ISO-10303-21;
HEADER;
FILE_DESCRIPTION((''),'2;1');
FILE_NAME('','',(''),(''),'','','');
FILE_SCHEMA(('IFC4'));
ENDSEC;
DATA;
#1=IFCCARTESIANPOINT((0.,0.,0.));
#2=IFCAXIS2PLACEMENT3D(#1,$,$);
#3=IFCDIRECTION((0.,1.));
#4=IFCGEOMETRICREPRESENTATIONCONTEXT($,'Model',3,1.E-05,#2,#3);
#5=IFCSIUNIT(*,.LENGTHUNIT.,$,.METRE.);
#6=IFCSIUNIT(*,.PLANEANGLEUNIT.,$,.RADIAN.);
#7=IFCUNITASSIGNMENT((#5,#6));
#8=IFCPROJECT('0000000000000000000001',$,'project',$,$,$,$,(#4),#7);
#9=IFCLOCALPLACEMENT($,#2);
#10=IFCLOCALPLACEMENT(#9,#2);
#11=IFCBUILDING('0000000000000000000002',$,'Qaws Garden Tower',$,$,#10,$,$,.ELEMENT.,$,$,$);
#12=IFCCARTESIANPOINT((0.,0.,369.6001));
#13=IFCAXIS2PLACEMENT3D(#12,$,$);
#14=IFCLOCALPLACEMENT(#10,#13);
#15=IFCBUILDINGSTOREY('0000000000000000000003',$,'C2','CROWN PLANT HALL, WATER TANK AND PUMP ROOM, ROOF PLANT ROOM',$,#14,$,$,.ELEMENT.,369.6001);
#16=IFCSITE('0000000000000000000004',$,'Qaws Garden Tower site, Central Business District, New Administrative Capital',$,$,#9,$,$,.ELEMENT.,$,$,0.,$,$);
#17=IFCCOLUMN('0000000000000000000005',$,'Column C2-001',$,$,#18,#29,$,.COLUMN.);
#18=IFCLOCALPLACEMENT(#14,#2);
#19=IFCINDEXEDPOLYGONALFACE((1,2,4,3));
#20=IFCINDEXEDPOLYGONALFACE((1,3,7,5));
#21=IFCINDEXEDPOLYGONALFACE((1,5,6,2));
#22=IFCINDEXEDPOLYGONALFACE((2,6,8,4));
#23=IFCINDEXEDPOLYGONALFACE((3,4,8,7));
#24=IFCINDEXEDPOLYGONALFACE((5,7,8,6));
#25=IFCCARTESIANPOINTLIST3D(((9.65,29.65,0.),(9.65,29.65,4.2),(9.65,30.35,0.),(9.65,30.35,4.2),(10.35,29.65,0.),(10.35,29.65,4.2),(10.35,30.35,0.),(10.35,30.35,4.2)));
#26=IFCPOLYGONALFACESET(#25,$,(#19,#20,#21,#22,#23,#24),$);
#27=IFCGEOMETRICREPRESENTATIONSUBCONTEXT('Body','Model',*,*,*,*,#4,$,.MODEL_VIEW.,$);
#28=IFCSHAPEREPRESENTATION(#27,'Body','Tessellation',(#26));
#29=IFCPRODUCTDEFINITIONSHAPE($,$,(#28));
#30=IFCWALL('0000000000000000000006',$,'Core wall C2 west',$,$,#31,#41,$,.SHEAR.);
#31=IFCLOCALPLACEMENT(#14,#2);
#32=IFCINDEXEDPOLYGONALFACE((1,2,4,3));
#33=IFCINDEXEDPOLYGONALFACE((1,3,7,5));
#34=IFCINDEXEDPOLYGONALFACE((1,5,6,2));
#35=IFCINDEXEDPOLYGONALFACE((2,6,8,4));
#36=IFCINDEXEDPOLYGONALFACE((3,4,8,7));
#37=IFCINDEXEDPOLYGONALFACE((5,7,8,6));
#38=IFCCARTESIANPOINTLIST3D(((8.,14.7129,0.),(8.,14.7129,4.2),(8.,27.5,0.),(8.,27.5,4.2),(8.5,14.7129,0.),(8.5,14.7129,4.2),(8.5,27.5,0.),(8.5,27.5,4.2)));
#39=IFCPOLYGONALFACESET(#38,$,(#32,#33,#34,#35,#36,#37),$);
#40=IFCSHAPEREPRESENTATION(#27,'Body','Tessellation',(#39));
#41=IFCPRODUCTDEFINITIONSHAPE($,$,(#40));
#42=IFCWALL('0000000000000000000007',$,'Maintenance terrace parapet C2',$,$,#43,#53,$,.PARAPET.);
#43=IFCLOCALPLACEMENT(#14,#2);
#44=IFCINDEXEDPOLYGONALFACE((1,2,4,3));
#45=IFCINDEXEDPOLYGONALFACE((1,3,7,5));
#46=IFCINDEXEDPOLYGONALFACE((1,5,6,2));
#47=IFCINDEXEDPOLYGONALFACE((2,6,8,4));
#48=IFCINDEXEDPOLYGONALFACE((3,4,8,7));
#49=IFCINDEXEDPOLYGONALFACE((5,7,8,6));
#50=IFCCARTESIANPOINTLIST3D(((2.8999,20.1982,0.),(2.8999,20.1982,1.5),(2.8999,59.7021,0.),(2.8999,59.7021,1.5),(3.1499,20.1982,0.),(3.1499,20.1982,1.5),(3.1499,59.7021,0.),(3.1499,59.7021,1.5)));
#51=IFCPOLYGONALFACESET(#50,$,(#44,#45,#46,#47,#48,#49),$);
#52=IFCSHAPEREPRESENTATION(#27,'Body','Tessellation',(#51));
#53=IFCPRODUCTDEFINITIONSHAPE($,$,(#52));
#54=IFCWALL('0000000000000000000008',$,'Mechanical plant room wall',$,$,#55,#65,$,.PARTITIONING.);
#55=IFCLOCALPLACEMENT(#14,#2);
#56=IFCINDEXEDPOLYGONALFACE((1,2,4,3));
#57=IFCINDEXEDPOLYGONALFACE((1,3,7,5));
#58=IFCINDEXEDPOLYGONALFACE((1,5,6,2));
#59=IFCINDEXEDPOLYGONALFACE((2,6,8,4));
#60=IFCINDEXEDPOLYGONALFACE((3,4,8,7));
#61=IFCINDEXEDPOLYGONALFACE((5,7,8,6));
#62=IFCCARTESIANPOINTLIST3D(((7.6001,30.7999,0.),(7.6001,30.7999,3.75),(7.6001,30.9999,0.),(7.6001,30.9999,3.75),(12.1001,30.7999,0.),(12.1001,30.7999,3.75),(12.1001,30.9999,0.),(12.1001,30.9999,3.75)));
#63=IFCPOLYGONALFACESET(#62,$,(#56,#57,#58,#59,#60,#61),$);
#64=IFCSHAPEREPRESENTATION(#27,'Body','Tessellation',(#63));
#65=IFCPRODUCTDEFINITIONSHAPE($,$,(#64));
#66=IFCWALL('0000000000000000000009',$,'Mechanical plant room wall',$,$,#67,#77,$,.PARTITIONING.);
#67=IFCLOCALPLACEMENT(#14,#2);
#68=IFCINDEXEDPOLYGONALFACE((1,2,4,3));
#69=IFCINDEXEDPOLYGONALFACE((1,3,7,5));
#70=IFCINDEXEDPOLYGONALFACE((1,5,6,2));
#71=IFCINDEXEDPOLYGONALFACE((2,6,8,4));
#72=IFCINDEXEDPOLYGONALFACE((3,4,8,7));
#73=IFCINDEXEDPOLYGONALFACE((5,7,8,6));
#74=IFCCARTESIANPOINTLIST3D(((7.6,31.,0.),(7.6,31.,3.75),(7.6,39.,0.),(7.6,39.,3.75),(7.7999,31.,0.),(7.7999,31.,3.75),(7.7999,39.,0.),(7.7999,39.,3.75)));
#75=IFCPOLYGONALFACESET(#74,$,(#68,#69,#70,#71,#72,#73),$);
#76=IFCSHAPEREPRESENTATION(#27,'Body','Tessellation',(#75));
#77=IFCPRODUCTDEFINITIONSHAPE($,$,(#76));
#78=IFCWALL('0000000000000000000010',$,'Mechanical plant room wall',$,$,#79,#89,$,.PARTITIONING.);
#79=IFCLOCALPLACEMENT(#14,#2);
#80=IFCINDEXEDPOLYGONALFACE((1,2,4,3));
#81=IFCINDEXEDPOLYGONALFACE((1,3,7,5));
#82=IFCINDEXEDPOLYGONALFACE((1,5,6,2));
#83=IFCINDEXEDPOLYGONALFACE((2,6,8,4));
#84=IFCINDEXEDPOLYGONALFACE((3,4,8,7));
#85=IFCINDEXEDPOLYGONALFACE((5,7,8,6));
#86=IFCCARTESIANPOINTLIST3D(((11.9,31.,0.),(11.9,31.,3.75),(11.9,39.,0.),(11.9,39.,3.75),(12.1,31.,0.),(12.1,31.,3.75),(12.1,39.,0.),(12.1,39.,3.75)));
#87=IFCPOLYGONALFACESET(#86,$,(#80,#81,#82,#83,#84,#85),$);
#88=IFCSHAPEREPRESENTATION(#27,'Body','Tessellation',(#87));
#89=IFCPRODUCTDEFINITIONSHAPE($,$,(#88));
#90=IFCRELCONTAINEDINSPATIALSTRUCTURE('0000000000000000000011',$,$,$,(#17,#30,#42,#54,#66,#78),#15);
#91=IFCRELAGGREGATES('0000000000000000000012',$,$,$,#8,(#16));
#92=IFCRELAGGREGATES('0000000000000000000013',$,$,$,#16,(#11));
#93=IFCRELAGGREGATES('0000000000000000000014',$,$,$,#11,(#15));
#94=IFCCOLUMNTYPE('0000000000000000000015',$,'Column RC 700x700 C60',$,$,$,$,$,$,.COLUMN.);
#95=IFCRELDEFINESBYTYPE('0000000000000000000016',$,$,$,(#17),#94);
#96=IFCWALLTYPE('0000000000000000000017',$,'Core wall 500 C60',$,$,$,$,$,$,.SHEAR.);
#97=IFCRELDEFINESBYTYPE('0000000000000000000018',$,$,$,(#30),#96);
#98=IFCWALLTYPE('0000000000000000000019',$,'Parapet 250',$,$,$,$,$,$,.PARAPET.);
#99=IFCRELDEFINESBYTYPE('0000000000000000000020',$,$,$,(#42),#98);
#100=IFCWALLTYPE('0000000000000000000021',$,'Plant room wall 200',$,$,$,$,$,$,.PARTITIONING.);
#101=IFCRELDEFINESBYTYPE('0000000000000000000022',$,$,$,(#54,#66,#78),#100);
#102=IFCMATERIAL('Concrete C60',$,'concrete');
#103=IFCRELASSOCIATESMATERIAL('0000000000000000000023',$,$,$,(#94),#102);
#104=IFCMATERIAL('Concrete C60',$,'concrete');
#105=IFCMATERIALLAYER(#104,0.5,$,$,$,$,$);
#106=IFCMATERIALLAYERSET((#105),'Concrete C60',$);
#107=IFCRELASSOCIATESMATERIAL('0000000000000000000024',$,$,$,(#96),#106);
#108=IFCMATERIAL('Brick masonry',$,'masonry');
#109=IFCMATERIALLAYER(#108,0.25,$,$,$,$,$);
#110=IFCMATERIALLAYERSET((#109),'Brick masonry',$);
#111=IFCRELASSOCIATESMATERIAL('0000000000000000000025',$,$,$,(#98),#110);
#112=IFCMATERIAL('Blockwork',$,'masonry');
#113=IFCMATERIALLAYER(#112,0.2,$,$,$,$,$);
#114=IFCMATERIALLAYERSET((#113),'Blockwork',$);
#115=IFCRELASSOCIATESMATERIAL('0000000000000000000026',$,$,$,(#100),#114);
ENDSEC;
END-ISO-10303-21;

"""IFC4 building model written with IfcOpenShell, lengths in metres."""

from ifc_helpers import new_model, si_unit, direction, frame, frame_2d, origin, origin_2d, place, context, subcontext, project, spatial, rectangle, extrude, material, layer, layer_set, material_profile, profile_set, type_object, element, save


model = new_model("IFC4")

# Units and contexts
model_context = context("Model", 3, precision=1e-05, world=origin(), true_north=direction((0.0, 1.0)))
body_context = subcontext(model_context, "Body", "Model", "MODEL_VIEW")
ifc_project = project(units=[si_unit("LENGTHUNIT", "METRE"), si_unit("PLANEANGLEUNIT", "RADIAN")], contexts=[model_context])

# Site, building, storey
site_placement = place(None, origin())
site = spatial("IfcSite", under=ifc_project, at=site_placement, Name="Qaws Garden Tower site, Central Business District, New Administrative Capital", CompositionType="ELEMENT", RefElevation=0.0)
building_placement = place(site_placement, origin())
building = spatial("IfcBuilding", under=site, at=building_placement, Name="Qaws Garden Tower", CompositionType="ELEMENT")
storey_placement = place(building_placement, frame((0.0, 0.0, 369.6001)))
storey = spatial("IfcBuildingStorey", under=building, at=storey_placement, Name="C2", Description="CROWN PLANT HALL, WATER TANK AND PUMP ROOM, ROOF PLANT ROOM", CompositionType="ELEMENT", Elevation=369.6001)

# Column
ifc_material_1 = material(Name="Concrete C60", Category="concrete")
ifc_material_profile = material_profile(ifc_material_1, rectangle(XDim=0.7, YDim=0.7, at=origin_2d()), Name="RC 700x700")
ifc_profile_set = profile_set([ifc_material_profile], Name="Concrete C60")
column_type = type_object("IfcColumnType", Name="Column RC 700x700 C60", PredefinedType="COLUMN", material=ifc_profile_set)
column_placement = place(storey_placement, frame((10.0, 30.0, 0.0), z_axis=(0.0, 0.0, 1.0), x_axis=(1.0, 0.0, 0.0)))
element("IfcColumn", 1, at=column_placement, inside=storey, type_object=column_type, Name="Column C2-001", PredefinedType="COLUMN", context=body_context, shape_type="SweptSolid", body=[
    extrude(rectangle(XDim=0.7, YDim=0.7, at=origin_2d()), origin(), (0.0, 0.0, 1.0), 4.2),
])

# Walls
ifc_material_2 = material(Name="Concrete C60", Category="concrete")
ifc_layer_1 = layer(ifc_material_2, 0.5)
ifc_layer_set_1 = layer_set([ifc_layer_1], Name="Concrete C60")
wall_type_1 = type_object("IfcWallType", Name="Core wall 500 C60", PredefinedType="SHEAR", material=ifc_layer_set_1)
wall_1_placement = place(storey_placement, frame((8.25, 27.5, 0.0), z_axis=(0.0, 0.0, 1.0), x_axis=(0.0, -1.0, 0.0)))
element("IfcWall", 2, at=wall_1_placement, inside=storey, type_object=wall_type_1, Name="Core wall C2 west", PredefinedType="SHEAR", context=body_context, shape_type="SweptSolid", body=[
    extrude(rectangle(XDim=12.7871, YDim=0.5, at=frame_2d((6.3936, 0.0))), origin(), (0.0, 0.0, 1.0), 4.2),
])
ifc_material_3 = material(Name="Brick masonry", Category="masonry")
ifc_layer_2 = layer(ifc_material_3, 0.25)
ifc_layer_set_2 = layer_set([ifc_layer_2], Name="Brick masonry")
wall_type_2 = type_object("IfcWallType", Name="Parapet 250", PredefinedType="PARAPET", material=ifc_layer_set_2)
wall_2_placement = place(storey_placement, frame((3.0249, 20.1982, 0.0), z_axis=(0.0, 0.0, 1.0), x_axis=(0.0, 1.0, 0.0)))
element("IfcWall", 3, at=wall_2_placement, inside=storey, type_object=wall_type_2, Name="Maintenance terrace parapet C2", PredefinedType="PARAPET", context=body_context, shape_type="SweptSolid", body=[
    extrude(rectangle(XDim=39.5039, YDim=0.25, at=frame_2d((19.752, 0.0))), origin(), (0.0, 0.0, 1.0), 1.5),
])
ifc_material_4 = material(Name="Blockwork", Category="masonry")
ifc_layer_3 = layer(ifc_material_4, 0.2)
ifc_layer_set_3 = layer_set([ifc_layer_3], Name="Blockwork")
wall_type_3 = type_object("IfcWallType", Name="Plant room wall 200", PredefinedType="PARTITIONING", material=ifc_layer_set_3)
wall_3_placement = place(storey_placement, frame((7.6001, 30.8999, 0.0), z_axis=(0.0, 0.0, 1.0), x_axis=(1.0, 0.0, 0.0)))
element("IfcWall", 4, at=wall_3_placement, inside=storey, type_object=wall_type_3, Name="Mechanical plant room wall", PredefinedType="PARTITIONING", context=body_context, shape_type="SweptSolid", body=[
    extrude(rectangle(XDim=4.5, YDim=0.2, at=frame_2d((2.25, 0.0))), origin(), (0.0, 0.0, 1.0), 3.75),
])
for number, where, z_axis, x_axis, name in (
    (5, (7.7, 31.0, 0.0), (0.0, 0.0, 1.0), (0.0, 1.0, 0.0), "Mechanical plant room wall"),
    (6, (12.0, 31.0, 0.0), (0.0, 0.0, 1.0), (0.0, 1.0, 0.0), "Mechanical plant room wall"),
):
    element("IfcWall", number, at=place(storey_placement, frame(where, z_axis=z_axis, x_axis=x_axis)), inside=storey, type_object=wall_type_3, Name=name, PredefinedType="PARTITIONING", context=body_context, shape_type="SweptSolid", body=[
        extrude(rectangle(XDim=8.0, YDim=0.2, at=frame_2d((4.0, 0.0))), origin(), (0.0, 0.0, 1.0), 3.75),
    ])

save(model, "model.ifc")
